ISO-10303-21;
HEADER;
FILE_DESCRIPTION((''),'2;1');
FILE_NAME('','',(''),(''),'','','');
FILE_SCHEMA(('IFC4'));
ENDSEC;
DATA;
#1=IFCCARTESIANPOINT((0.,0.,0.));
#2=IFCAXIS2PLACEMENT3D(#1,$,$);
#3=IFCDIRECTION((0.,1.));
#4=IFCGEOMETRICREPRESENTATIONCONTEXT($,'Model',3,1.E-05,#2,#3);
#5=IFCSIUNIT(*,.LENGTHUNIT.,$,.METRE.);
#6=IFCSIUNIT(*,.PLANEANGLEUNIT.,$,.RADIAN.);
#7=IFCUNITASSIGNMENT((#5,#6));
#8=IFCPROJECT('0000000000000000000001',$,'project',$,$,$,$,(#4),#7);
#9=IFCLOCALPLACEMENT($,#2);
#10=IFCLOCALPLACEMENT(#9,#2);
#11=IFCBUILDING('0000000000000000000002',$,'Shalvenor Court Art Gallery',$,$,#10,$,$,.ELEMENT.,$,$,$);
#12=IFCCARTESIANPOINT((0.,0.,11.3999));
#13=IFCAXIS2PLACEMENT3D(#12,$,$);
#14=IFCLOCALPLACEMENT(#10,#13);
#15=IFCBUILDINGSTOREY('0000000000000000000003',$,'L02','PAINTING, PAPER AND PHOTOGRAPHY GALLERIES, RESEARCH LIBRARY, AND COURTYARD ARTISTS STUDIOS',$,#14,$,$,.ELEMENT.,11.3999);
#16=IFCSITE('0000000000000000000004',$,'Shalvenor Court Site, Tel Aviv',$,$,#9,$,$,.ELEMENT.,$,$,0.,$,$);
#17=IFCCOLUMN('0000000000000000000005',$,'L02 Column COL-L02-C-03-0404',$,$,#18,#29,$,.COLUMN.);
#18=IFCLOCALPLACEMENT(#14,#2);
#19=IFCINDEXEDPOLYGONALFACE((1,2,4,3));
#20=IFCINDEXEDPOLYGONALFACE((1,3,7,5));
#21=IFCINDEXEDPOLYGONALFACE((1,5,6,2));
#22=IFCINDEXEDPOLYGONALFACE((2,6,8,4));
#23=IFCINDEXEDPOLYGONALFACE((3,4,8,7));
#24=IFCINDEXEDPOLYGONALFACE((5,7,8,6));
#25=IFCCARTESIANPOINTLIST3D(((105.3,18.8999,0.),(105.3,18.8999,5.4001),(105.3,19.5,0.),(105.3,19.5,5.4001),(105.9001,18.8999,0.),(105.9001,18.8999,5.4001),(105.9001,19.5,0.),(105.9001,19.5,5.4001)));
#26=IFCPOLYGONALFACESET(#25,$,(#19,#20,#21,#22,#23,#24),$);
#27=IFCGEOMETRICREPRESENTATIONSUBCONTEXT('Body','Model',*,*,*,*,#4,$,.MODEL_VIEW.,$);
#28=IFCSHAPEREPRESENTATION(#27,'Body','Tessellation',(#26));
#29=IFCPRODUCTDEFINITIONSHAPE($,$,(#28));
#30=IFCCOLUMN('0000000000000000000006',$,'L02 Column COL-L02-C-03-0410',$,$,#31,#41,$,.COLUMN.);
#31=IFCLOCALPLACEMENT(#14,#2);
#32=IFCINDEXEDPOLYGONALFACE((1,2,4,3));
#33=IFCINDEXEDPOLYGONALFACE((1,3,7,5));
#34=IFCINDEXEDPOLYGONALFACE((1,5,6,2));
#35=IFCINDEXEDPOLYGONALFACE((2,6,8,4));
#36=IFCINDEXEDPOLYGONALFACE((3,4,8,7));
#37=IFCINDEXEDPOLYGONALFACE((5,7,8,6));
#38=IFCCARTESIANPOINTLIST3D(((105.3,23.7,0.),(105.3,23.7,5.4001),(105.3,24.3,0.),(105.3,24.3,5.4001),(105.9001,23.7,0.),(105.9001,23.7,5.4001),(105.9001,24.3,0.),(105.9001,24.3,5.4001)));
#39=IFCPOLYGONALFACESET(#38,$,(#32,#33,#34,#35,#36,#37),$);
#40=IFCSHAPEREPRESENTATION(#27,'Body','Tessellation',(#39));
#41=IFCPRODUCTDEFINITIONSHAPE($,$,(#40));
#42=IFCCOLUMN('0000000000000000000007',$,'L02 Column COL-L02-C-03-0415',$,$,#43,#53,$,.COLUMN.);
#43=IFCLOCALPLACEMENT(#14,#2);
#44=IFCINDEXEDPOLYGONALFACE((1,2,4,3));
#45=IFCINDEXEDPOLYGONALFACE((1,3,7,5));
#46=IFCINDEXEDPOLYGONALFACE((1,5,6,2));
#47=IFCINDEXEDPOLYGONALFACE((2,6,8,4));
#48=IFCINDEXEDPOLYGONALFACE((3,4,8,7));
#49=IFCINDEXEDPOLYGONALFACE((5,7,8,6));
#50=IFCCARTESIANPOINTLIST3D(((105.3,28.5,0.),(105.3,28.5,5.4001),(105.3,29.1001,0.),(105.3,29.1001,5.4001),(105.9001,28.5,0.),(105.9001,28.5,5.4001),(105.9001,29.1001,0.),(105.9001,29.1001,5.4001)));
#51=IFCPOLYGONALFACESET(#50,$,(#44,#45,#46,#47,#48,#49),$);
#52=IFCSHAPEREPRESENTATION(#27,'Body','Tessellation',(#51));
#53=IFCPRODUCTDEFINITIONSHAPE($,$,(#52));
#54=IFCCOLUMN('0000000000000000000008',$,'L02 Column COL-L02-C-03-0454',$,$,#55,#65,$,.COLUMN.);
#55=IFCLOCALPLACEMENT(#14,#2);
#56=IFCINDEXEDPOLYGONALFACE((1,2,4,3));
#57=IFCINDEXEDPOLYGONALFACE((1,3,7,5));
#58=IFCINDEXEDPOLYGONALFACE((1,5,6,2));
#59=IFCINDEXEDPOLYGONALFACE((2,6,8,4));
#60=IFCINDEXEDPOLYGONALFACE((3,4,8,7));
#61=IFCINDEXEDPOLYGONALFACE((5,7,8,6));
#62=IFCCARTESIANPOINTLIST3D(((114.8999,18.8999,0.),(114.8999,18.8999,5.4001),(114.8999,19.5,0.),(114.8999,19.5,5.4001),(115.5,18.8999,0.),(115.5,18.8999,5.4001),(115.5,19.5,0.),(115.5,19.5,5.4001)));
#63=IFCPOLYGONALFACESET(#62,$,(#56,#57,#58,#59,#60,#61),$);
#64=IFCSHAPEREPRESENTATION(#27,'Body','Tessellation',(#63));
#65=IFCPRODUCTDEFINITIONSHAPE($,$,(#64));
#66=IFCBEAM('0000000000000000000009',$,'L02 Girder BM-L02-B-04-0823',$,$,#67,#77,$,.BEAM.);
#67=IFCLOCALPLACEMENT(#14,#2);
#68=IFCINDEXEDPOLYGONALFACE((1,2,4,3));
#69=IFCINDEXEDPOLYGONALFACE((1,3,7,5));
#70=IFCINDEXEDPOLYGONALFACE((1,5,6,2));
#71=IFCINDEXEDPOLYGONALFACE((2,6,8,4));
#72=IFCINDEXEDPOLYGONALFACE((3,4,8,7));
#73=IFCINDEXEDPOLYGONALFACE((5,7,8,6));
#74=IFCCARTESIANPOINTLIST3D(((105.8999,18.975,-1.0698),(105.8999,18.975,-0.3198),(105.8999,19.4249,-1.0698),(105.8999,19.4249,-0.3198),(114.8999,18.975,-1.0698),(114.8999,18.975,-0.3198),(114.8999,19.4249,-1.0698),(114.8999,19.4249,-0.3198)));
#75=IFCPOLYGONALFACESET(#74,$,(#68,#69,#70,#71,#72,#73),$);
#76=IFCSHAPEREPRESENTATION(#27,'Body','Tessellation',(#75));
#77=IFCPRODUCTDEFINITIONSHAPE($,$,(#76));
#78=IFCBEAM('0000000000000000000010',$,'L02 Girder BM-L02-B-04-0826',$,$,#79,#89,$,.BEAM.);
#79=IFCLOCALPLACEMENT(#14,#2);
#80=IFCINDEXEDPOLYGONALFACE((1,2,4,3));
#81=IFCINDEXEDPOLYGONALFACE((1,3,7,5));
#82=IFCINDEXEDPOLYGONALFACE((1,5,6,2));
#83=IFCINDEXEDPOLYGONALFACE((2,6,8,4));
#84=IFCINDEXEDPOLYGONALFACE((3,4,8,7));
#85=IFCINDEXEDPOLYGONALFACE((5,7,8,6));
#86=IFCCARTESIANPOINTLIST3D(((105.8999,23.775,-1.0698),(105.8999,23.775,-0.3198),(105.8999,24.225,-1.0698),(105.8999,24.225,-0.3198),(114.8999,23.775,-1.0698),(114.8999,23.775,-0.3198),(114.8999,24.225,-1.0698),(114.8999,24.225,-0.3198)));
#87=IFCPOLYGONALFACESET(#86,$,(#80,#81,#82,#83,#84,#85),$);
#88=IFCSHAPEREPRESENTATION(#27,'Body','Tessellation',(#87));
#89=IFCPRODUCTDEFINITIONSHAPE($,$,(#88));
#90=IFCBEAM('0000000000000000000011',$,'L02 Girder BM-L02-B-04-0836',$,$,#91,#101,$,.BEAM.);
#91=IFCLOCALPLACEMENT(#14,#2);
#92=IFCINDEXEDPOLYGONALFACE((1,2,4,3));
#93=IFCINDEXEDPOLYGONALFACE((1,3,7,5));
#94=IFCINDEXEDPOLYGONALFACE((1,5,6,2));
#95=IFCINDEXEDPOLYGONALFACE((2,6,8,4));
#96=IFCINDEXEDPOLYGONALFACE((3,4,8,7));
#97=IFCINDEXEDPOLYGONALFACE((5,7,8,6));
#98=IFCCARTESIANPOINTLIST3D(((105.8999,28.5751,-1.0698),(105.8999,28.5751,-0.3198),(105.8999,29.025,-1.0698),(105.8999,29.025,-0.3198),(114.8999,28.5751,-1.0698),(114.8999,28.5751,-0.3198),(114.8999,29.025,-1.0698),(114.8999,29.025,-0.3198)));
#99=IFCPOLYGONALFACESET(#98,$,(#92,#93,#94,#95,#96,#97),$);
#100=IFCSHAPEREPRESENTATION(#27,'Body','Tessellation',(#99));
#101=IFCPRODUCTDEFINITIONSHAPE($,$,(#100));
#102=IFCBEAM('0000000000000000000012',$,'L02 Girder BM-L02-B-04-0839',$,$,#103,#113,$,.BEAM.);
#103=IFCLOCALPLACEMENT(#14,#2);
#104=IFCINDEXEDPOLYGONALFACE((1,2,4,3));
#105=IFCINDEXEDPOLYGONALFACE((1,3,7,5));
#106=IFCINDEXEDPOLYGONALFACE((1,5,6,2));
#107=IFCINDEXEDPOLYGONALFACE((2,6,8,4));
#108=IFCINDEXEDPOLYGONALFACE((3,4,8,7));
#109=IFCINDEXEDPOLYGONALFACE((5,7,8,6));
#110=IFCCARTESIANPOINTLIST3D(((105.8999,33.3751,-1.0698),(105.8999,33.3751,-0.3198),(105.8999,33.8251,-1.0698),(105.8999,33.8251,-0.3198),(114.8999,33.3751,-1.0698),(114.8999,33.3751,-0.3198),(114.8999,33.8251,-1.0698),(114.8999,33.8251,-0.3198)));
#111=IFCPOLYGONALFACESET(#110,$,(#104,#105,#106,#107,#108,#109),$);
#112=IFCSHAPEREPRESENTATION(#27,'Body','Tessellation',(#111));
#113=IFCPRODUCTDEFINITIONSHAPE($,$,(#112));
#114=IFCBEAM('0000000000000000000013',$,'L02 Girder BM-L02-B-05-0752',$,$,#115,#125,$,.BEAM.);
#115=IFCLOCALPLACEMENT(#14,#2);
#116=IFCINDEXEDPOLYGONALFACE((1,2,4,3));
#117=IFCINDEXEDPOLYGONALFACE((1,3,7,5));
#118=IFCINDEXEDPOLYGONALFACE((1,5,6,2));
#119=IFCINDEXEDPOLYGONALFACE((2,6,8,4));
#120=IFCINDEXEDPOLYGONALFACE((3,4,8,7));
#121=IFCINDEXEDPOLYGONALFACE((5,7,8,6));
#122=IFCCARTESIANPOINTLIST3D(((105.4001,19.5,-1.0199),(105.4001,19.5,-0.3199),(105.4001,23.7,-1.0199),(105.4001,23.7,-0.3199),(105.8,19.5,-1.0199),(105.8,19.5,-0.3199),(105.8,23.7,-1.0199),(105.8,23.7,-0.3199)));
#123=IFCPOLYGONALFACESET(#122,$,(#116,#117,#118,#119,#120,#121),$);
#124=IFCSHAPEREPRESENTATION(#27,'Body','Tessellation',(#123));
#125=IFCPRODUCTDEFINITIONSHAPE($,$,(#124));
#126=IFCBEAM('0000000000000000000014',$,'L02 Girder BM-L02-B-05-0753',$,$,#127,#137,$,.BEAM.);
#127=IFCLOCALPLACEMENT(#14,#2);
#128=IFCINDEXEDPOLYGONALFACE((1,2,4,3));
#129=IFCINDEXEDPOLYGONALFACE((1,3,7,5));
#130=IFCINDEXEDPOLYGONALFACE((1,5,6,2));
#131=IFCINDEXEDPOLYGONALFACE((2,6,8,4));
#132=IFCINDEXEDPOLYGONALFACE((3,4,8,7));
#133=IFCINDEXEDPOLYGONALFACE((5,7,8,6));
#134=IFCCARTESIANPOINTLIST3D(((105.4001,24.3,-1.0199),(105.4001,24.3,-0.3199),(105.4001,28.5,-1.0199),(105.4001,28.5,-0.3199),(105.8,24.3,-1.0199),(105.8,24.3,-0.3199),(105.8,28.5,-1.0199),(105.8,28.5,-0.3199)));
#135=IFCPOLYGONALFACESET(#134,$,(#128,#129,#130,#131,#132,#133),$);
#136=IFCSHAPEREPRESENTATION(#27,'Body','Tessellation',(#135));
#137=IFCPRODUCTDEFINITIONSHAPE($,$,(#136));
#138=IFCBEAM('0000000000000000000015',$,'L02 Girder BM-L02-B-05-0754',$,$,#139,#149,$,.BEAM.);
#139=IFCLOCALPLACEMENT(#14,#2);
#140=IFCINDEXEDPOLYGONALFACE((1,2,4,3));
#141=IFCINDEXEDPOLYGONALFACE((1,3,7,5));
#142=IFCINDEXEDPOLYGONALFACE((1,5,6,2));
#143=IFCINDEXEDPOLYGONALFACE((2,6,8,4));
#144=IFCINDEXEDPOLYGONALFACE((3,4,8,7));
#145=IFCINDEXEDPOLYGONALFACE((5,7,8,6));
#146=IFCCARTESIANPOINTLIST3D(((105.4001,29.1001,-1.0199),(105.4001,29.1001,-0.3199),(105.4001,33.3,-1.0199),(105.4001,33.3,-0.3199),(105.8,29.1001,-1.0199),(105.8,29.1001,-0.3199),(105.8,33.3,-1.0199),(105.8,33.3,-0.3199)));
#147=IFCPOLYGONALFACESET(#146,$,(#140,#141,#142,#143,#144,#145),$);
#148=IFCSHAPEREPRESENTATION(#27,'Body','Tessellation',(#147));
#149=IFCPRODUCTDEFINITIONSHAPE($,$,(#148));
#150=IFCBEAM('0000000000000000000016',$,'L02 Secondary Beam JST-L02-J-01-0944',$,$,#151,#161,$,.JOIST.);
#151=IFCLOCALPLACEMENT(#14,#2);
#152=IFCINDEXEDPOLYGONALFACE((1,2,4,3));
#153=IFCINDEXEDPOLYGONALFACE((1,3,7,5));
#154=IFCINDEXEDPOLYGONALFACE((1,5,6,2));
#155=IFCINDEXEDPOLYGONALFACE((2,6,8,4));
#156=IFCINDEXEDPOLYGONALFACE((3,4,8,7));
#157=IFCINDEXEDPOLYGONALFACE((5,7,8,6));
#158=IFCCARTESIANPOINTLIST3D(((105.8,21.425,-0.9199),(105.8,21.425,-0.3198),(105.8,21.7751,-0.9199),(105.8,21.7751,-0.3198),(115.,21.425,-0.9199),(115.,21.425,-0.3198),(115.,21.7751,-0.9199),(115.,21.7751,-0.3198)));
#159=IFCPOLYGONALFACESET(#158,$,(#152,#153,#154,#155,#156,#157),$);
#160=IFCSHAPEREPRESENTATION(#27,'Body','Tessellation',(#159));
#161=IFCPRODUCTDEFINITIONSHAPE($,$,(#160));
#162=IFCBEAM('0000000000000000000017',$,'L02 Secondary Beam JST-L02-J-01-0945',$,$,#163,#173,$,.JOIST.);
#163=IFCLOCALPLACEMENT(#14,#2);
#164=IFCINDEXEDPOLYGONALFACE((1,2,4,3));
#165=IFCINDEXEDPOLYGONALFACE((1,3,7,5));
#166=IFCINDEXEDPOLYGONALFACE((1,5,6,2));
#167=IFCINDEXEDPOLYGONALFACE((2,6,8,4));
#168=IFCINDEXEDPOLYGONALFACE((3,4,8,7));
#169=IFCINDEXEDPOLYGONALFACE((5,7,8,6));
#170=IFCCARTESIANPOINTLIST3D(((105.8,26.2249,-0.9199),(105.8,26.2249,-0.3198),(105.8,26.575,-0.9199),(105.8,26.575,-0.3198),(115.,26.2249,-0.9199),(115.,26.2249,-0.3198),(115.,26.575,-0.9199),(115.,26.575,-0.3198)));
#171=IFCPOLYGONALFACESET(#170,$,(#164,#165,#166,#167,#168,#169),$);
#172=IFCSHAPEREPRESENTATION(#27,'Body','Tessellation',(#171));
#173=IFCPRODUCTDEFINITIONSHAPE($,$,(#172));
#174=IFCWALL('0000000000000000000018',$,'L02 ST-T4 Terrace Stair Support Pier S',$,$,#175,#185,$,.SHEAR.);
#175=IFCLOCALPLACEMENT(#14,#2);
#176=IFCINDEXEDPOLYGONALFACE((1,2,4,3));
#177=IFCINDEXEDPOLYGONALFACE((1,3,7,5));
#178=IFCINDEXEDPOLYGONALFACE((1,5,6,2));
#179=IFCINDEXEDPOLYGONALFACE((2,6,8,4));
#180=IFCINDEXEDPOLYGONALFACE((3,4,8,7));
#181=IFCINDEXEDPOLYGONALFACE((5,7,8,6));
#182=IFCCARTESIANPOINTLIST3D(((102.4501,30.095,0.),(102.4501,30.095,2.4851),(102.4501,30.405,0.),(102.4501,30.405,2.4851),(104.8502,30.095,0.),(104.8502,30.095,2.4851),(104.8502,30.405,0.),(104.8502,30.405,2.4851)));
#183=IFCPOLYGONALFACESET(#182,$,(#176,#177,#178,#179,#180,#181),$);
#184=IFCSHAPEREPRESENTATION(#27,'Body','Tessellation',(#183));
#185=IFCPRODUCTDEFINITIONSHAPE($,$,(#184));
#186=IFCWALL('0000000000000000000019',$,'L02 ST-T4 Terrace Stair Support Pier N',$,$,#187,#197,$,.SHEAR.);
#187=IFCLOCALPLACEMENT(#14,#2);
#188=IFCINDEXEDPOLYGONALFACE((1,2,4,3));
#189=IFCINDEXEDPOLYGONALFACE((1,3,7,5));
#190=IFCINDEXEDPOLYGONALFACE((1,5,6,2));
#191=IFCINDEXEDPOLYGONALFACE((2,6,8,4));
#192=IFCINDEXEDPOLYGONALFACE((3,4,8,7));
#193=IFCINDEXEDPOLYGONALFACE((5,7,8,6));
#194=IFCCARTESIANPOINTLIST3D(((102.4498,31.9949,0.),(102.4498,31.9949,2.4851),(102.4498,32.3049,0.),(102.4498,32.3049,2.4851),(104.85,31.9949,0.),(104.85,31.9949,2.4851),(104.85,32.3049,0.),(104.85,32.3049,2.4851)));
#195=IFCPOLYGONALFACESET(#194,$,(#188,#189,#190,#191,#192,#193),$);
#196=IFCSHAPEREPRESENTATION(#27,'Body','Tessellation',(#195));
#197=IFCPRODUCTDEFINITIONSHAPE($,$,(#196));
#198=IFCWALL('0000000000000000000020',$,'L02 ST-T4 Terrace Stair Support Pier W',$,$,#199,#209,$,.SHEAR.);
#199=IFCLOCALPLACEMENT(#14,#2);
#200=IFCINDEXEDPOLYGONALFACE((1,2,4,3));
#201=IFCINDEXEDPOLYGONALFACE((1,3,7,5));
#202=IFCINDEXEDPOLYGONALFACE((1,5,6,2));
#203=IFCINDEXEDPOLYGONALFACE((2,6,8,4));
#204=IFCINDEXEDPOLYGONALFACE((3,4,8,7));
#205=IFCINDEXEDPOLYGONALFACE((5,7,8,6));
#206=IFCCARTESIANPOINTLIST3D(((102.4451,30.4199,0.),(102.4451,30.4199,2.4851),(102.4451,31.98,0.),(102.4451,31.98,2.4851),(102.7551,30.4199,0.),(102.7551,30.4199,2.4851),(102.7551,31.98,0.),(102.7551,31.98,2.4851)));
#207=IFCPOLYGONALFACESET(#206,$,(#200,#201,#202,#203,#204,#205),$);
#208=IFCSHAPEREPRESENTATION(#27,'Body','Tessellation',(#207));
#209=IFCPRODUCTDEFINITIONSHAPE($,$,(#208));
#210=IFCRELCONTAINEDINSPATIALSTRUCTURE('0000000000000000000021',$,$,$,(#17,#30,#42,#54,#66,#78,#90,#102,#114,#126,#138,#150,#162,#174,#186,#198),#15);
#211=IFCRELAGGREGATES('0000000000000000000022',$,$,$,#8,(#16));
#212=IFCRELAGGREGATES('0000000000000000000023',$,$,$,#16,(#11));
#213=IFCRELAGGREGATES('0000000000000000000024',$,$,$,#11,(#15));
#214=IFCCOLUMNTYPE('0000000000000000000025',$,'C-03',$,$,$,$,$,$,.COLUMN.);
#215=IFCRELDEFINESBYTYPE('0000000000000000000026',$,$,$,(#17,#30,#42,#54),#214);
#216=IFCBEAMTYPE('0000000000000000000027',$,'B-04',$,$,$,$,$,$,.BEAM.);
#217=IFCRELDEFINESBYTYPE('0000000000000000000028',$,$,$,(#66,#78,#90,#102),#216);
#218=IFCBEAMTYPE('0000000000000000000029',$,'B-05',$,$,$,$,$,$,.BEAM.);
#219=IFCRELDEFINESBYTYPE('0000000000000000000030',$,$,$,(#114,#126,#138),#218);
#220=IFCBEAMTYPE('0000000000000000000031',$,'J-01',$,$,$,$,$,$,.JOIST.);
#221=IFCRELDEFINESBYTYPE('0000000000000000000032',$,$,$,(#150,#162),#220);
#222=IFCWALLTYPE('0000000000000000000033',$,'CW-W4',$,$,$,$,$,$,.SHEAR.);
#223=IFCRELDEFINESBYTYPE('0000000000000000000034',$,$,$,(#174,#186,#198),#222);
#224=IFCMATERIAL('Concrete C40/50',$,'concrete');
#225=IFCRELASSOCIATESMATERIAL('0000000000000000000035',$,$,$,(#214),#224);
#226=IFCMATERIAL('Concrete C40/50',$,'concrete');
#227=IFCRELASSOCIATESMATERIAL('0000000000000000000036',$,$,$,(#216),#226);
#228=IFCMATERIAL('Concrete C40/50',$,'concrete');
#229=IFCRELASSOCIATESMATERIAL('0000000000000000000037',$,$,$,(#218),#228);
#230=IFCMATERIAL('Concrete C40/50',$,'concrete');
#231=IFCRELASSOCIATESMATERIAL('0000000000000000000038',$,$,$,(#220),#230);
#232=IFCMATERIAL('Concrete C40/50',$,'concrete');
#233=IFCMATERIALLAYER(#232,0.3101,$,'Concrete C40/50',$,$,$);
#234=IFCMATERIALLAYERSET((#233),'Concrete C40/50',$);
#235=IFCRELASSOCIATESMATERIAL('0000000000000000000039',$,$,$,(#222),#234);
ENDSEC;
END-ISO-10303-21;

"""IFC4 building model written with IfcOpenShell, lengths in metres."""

from ifc_helpers import new_model, si_unit, direction, frame, frame_2d, origin, origin_2d, place, context, subcontext, project, spatial, rectangle, extrude, material, layer, layer_set, material_profile, profile_set, type_object, element, save


model = new_model("IFC4")

# Units and contexts
model_context = context("Model", 3, precision=1e-05, world=origin(), true_north=direction((0.0, 1.0)))
body_context = subcontext(model_context, "Body", "Model", "MODEL_VIEW")
ifc_project = project(units=[si_unit("LENGTHUNIT", "METRE"), si_unit("PLANEANGLEUNIT", "RADIAN")], contexts=[model_context])

# Site, building, storey
site_placement = place(None, origin())
site = spatial("IfcSite", under=ifc_project, at=site_placement, Name="Shalvenor Court Site, Tel Aviv", CompositionType="ELEMENT", RefElevation=0.0)
building_placement = place(site_placement, origin())
building = spatial("IfcBuilding", under=site, at=building_placement, Name="Shalvenor Court Art Gallery", CompositionType="ELEMENT")
storey_placement = place(building_placement, frame((0.0, 0.0, 11.3999)))
storey = spatial("IfcBuildingStorey", under=building, at=storey_placement, Name="L02", Description="PAINTING, PAPER AND PHOTOGRAPHY GALLERIES, RESEARCH LIBRARY, AND COURTYARD ARTISTS STUDIOS", CompositionType="ELEMENT", Elevation=11.3999)

# Columns
ifc_material_1 = material(Name="Concrete C40/50", Category="concrete")
ifc_material_profile_1 = material_profile(ifc_material_1, rectangle(XDim=0.6001, YDim=0.6001, at=origin_2d()), Name="RC 600x600")
ifc_profile_set_1 = profile_set([ifc_material_profile_1], Name="Concrete C40/50")
column_type = type_object("IfcColumnType", Name="C-03", PredefinedType="COLUMN", material=ifc_profile_set_1)
for number, where, z_axis, x_axis, name in (
    (1, (105.6001, 19.2, 0.0), (0.0, 0.0, 1.0), (1.0, 0.0, 0.0), "L02 Column COL-L02-C-03-0404"),
    (2, (105.6001, 24.0, 0.0), (0.0, 0.0, 1.0), (1.0, 0.0, 0.0), "L02 Column COL-L02-C-03-0410"),
    (3, (105.6001, 28.8, 0.0), (0.0, 0.0, 1.0), (1.0, 0.0, 0.0), "L02 Column COL-L02-C-03-0415"),
    (4, (115.2, 19.2, 0.0), (0.0, 0.0, 1.0), (1.0, 0.0, 0.0), "L02 Column COL-L02-C-03-0454"),
):
    element("IfcColumn", number, at=place(storey_placement, frame(where, z_axis=z_axis, x_axis=x_axis)), inside=storey, type_object=column_type, Name=name, PredefinedType="COLUMN", context=body_context, shape_type="SweptSolid", body=[
        extrude(rectangle(XDim=0.6001, YDim=0.6001, at=origin_2d()), origin(), (0.0, 0.0, 1.0), 5.4001),
    ])

# Beams
ifc_material_2 = material(Name="Concrete C40/50", Category="concrete")
ifc_material_profile_2 = material_profile(ifc_material_2, rectangle(XDim=0.45, YDim=0.75, at=origin_2d()), Name="RC 450x750")
ifc_profile_set_2 = profile_set([ifc_material_profile_2], Name="Concrete C40/50")
beam_type_1 = type_object("IfcBeamType", Name="B-04", PredefinedType="BEAM", material=ifc_profile_set_2)
for number, where, z_axis, x_axis, name in (
    (5, (105.8999, 19.2, -0.6948), (1.0, 0.0, 0.0), (0.0, 1.0, 0.0), "L02 Girder BM-L02-B-04-0823"),
    (6, (105.8999, 24.0, -0.6948), (1.0, 0.0, 0.0), (0.0, 1.0, 0.0), "L02 Girder BM-L02-B-04-0826"),
    (7, (105.8999, 28.8, -0.6948), (1.0, 0.0, 0.0), (0.0, 1.0, 0.0), "L02 Girder BM-L02-B-04-0836"),
    (8, (105.8999, 33.6001, -0.6948), (1.0, 0.0, 0.0), (0.0, 1.0, 0.0), "L02 Girder BM-L02-B-04-0839"),
):
    element("IfcBeam", number, at=place(storey_placement, frame(where, z_axis=z_axis, x_axis=x_axis)), inside=storey, type_object=beam_type_1, Name=name, PredefinedType="BEAM", context=body_context, shape_type="SweptSolid", body=[
        extrude(rectangle(XDim=0.45, YDim=0.75, at=origin_2d()), origin(), (0.0, 0.0, 1.0), 9.0),
    ])
ifc_material_3 = material(Name="Concrete C40/50", Category="concrete")
ifc_material_profile_3 = material_profile(ifc_material_3, rectangle(XDim=0.3999, YDim=0.7, at=origin_2d()), Name="RC 400x700")
ifc_profile_set_3 = profile_set([ifc_material_profile_3], Name="Concrete C40/50")
beam_type_2 = type_object("IfcBeamType", Name="B-05", PredefinedType="BEAM", material=ifc_profile_set_3)
for number, where, z_axis, x_axis, name in (
    (9, (105.6001, 19.5, -0.6699), (0.0, 1.0, 0.0), (-1.0, 0.0, 0.0), "L02 Girder BM-L02-B-05-0752"),
    (10, (105.6001, 24.3, -0.6699), (0.0, 1.0, 0.0), (-1.0, 0.0, 0.0), "L02 Girder BM-L02-B-05-0753"),
    (11, (105.6001, 29.1001, -0.6699), (0.0, 1.0, 0.0), (-1.0, 0.0, 0.0), "L02 Girder BM-L02-B-05-0754"),
):
    element("IfcBeam", number, at=place(storey_placement, frame(where, z_axis=z_axis, x_axis=x_axis)), inside=storey, type_object=beam_type_2, Name=name, PredefinedType="BEAM", context=body_context, shape_type="SweptSolid", body=[
        extrude(rectangle(XDim=0.3999, YDim=0.7, at=origin_2d()), origin(), (0.0, 0.0, 1.0), 4.2),
    ])
ifc_material_4 = material(Name="Concrete C40/50", Category="concrete")
ifc_material_profile_4 = material_profile(ifc_material_4, rectangle(XDim=0.3501, YDim=0.6001, at=origin_2d()), Name="RC 350x600")
ifc_profile_set_4 = profile_set([ifc_material_profile_4], Name="Concrete C40/50")
beam_type_3 = type_object("IfcBeamType", Name="J-01", PredefinedType="JOIST", material=ifc_profile_set_4)
for number, where, z_axis, x_axis, name in (
    (12, (105.8, 21.6001, -0.6199), (1.0, 0.0, 0.0), (0.0, 1.0, 0.0), "L02 Secondary Beam JST-L02-J-01-0944"),
    (13, (105.8, 26.3999, -0.6199), (1.0, 0.0, 0.0), (0.0, 1.0, 0.0), "L02 Secondary Beam JST-L02-J-01-0945"),
):
    element("IfcBeam", number, at=place(storey_placement, frame(where, z_axis=z_axis, x_axis=x_axis)), inside=storey, type_object=beam_type_3, Name=name, PredefinedType="JOIST", context=body_context, shape_type="SweptSolid", body=[
        extrude(rectangle(XDim=0.3501, YDim=0.6001, at=origin_2d()), origin(), (0.0, 0.0, 1.0), 9.2),
    ])

# Walls
ifc_material_5 = material(Name="Concrete C40/50", Category="concrete")
ifc_layer_1 = layer(ifc_material_5, 0.3101, Name="Concrete C40/50")
ifc_layer_set_1 = layer_set([ifc_layer_1], Name="Concrete C40/50")
wall_type_1 = type_object("IfcWallType", Name="CW-W4", PredefinedType="SHEAR", material=ifc_layer_set_1)
for number, where, z_axis, x_axis, name in (
    (14, (102.45, 30.25, 0.0), (0.0, 0.0, 1.0), (1.0, 0.0, 0.0), "L02 ST-T4 Terrace Stair Support Pier S"),
    (15, (104.8501, 32.1499, 0.0), (0.0, 0.0, 1.0), (-1.0, 0.0, 0.0), "L02 ST-T4 Terrace Stair Support Pier N"),
):
    element("IfcWall", number, at=place(storey_placement, frame(where, z_axis=z_axis, x_axis=x_axis)), inside=storey, type_object=wall_type_1, Name=name, PredefinedType="SHEAR", context=body_context, shape_type="SweptSolid", body=[
        extrude(rectangle(XDim=2.4001, YDim=0.3101, at=frame_2d((1.2002, 0.0))), origin(), (0.0, 0.0, 1.0), 2.4851),
    ])
wall_1_placement = place(storey_placement, frame((102.6001, 30.4199, 0.0), z_axis=(0.0, 0.0, 1.0), x_axis=(0.0, 1.0, 0.0)))
element("IfcWall", 16, at=wall_1_placement, inside=storey, type_object=wall_type_1, Name="L02 ST-T4 Terrace Stair Support Pier W", PredefinedType="SHEAR", context=body_context, shape_type="SweptSolid", body=[
    extrude(rectangle(XDim=1.5601, YDim=0.3101, at=frame_2d((0.78, 0.0))), origin(), (0.0, 0.0, 1.0), 2.4851),
])

save(model, "model.ifc")
